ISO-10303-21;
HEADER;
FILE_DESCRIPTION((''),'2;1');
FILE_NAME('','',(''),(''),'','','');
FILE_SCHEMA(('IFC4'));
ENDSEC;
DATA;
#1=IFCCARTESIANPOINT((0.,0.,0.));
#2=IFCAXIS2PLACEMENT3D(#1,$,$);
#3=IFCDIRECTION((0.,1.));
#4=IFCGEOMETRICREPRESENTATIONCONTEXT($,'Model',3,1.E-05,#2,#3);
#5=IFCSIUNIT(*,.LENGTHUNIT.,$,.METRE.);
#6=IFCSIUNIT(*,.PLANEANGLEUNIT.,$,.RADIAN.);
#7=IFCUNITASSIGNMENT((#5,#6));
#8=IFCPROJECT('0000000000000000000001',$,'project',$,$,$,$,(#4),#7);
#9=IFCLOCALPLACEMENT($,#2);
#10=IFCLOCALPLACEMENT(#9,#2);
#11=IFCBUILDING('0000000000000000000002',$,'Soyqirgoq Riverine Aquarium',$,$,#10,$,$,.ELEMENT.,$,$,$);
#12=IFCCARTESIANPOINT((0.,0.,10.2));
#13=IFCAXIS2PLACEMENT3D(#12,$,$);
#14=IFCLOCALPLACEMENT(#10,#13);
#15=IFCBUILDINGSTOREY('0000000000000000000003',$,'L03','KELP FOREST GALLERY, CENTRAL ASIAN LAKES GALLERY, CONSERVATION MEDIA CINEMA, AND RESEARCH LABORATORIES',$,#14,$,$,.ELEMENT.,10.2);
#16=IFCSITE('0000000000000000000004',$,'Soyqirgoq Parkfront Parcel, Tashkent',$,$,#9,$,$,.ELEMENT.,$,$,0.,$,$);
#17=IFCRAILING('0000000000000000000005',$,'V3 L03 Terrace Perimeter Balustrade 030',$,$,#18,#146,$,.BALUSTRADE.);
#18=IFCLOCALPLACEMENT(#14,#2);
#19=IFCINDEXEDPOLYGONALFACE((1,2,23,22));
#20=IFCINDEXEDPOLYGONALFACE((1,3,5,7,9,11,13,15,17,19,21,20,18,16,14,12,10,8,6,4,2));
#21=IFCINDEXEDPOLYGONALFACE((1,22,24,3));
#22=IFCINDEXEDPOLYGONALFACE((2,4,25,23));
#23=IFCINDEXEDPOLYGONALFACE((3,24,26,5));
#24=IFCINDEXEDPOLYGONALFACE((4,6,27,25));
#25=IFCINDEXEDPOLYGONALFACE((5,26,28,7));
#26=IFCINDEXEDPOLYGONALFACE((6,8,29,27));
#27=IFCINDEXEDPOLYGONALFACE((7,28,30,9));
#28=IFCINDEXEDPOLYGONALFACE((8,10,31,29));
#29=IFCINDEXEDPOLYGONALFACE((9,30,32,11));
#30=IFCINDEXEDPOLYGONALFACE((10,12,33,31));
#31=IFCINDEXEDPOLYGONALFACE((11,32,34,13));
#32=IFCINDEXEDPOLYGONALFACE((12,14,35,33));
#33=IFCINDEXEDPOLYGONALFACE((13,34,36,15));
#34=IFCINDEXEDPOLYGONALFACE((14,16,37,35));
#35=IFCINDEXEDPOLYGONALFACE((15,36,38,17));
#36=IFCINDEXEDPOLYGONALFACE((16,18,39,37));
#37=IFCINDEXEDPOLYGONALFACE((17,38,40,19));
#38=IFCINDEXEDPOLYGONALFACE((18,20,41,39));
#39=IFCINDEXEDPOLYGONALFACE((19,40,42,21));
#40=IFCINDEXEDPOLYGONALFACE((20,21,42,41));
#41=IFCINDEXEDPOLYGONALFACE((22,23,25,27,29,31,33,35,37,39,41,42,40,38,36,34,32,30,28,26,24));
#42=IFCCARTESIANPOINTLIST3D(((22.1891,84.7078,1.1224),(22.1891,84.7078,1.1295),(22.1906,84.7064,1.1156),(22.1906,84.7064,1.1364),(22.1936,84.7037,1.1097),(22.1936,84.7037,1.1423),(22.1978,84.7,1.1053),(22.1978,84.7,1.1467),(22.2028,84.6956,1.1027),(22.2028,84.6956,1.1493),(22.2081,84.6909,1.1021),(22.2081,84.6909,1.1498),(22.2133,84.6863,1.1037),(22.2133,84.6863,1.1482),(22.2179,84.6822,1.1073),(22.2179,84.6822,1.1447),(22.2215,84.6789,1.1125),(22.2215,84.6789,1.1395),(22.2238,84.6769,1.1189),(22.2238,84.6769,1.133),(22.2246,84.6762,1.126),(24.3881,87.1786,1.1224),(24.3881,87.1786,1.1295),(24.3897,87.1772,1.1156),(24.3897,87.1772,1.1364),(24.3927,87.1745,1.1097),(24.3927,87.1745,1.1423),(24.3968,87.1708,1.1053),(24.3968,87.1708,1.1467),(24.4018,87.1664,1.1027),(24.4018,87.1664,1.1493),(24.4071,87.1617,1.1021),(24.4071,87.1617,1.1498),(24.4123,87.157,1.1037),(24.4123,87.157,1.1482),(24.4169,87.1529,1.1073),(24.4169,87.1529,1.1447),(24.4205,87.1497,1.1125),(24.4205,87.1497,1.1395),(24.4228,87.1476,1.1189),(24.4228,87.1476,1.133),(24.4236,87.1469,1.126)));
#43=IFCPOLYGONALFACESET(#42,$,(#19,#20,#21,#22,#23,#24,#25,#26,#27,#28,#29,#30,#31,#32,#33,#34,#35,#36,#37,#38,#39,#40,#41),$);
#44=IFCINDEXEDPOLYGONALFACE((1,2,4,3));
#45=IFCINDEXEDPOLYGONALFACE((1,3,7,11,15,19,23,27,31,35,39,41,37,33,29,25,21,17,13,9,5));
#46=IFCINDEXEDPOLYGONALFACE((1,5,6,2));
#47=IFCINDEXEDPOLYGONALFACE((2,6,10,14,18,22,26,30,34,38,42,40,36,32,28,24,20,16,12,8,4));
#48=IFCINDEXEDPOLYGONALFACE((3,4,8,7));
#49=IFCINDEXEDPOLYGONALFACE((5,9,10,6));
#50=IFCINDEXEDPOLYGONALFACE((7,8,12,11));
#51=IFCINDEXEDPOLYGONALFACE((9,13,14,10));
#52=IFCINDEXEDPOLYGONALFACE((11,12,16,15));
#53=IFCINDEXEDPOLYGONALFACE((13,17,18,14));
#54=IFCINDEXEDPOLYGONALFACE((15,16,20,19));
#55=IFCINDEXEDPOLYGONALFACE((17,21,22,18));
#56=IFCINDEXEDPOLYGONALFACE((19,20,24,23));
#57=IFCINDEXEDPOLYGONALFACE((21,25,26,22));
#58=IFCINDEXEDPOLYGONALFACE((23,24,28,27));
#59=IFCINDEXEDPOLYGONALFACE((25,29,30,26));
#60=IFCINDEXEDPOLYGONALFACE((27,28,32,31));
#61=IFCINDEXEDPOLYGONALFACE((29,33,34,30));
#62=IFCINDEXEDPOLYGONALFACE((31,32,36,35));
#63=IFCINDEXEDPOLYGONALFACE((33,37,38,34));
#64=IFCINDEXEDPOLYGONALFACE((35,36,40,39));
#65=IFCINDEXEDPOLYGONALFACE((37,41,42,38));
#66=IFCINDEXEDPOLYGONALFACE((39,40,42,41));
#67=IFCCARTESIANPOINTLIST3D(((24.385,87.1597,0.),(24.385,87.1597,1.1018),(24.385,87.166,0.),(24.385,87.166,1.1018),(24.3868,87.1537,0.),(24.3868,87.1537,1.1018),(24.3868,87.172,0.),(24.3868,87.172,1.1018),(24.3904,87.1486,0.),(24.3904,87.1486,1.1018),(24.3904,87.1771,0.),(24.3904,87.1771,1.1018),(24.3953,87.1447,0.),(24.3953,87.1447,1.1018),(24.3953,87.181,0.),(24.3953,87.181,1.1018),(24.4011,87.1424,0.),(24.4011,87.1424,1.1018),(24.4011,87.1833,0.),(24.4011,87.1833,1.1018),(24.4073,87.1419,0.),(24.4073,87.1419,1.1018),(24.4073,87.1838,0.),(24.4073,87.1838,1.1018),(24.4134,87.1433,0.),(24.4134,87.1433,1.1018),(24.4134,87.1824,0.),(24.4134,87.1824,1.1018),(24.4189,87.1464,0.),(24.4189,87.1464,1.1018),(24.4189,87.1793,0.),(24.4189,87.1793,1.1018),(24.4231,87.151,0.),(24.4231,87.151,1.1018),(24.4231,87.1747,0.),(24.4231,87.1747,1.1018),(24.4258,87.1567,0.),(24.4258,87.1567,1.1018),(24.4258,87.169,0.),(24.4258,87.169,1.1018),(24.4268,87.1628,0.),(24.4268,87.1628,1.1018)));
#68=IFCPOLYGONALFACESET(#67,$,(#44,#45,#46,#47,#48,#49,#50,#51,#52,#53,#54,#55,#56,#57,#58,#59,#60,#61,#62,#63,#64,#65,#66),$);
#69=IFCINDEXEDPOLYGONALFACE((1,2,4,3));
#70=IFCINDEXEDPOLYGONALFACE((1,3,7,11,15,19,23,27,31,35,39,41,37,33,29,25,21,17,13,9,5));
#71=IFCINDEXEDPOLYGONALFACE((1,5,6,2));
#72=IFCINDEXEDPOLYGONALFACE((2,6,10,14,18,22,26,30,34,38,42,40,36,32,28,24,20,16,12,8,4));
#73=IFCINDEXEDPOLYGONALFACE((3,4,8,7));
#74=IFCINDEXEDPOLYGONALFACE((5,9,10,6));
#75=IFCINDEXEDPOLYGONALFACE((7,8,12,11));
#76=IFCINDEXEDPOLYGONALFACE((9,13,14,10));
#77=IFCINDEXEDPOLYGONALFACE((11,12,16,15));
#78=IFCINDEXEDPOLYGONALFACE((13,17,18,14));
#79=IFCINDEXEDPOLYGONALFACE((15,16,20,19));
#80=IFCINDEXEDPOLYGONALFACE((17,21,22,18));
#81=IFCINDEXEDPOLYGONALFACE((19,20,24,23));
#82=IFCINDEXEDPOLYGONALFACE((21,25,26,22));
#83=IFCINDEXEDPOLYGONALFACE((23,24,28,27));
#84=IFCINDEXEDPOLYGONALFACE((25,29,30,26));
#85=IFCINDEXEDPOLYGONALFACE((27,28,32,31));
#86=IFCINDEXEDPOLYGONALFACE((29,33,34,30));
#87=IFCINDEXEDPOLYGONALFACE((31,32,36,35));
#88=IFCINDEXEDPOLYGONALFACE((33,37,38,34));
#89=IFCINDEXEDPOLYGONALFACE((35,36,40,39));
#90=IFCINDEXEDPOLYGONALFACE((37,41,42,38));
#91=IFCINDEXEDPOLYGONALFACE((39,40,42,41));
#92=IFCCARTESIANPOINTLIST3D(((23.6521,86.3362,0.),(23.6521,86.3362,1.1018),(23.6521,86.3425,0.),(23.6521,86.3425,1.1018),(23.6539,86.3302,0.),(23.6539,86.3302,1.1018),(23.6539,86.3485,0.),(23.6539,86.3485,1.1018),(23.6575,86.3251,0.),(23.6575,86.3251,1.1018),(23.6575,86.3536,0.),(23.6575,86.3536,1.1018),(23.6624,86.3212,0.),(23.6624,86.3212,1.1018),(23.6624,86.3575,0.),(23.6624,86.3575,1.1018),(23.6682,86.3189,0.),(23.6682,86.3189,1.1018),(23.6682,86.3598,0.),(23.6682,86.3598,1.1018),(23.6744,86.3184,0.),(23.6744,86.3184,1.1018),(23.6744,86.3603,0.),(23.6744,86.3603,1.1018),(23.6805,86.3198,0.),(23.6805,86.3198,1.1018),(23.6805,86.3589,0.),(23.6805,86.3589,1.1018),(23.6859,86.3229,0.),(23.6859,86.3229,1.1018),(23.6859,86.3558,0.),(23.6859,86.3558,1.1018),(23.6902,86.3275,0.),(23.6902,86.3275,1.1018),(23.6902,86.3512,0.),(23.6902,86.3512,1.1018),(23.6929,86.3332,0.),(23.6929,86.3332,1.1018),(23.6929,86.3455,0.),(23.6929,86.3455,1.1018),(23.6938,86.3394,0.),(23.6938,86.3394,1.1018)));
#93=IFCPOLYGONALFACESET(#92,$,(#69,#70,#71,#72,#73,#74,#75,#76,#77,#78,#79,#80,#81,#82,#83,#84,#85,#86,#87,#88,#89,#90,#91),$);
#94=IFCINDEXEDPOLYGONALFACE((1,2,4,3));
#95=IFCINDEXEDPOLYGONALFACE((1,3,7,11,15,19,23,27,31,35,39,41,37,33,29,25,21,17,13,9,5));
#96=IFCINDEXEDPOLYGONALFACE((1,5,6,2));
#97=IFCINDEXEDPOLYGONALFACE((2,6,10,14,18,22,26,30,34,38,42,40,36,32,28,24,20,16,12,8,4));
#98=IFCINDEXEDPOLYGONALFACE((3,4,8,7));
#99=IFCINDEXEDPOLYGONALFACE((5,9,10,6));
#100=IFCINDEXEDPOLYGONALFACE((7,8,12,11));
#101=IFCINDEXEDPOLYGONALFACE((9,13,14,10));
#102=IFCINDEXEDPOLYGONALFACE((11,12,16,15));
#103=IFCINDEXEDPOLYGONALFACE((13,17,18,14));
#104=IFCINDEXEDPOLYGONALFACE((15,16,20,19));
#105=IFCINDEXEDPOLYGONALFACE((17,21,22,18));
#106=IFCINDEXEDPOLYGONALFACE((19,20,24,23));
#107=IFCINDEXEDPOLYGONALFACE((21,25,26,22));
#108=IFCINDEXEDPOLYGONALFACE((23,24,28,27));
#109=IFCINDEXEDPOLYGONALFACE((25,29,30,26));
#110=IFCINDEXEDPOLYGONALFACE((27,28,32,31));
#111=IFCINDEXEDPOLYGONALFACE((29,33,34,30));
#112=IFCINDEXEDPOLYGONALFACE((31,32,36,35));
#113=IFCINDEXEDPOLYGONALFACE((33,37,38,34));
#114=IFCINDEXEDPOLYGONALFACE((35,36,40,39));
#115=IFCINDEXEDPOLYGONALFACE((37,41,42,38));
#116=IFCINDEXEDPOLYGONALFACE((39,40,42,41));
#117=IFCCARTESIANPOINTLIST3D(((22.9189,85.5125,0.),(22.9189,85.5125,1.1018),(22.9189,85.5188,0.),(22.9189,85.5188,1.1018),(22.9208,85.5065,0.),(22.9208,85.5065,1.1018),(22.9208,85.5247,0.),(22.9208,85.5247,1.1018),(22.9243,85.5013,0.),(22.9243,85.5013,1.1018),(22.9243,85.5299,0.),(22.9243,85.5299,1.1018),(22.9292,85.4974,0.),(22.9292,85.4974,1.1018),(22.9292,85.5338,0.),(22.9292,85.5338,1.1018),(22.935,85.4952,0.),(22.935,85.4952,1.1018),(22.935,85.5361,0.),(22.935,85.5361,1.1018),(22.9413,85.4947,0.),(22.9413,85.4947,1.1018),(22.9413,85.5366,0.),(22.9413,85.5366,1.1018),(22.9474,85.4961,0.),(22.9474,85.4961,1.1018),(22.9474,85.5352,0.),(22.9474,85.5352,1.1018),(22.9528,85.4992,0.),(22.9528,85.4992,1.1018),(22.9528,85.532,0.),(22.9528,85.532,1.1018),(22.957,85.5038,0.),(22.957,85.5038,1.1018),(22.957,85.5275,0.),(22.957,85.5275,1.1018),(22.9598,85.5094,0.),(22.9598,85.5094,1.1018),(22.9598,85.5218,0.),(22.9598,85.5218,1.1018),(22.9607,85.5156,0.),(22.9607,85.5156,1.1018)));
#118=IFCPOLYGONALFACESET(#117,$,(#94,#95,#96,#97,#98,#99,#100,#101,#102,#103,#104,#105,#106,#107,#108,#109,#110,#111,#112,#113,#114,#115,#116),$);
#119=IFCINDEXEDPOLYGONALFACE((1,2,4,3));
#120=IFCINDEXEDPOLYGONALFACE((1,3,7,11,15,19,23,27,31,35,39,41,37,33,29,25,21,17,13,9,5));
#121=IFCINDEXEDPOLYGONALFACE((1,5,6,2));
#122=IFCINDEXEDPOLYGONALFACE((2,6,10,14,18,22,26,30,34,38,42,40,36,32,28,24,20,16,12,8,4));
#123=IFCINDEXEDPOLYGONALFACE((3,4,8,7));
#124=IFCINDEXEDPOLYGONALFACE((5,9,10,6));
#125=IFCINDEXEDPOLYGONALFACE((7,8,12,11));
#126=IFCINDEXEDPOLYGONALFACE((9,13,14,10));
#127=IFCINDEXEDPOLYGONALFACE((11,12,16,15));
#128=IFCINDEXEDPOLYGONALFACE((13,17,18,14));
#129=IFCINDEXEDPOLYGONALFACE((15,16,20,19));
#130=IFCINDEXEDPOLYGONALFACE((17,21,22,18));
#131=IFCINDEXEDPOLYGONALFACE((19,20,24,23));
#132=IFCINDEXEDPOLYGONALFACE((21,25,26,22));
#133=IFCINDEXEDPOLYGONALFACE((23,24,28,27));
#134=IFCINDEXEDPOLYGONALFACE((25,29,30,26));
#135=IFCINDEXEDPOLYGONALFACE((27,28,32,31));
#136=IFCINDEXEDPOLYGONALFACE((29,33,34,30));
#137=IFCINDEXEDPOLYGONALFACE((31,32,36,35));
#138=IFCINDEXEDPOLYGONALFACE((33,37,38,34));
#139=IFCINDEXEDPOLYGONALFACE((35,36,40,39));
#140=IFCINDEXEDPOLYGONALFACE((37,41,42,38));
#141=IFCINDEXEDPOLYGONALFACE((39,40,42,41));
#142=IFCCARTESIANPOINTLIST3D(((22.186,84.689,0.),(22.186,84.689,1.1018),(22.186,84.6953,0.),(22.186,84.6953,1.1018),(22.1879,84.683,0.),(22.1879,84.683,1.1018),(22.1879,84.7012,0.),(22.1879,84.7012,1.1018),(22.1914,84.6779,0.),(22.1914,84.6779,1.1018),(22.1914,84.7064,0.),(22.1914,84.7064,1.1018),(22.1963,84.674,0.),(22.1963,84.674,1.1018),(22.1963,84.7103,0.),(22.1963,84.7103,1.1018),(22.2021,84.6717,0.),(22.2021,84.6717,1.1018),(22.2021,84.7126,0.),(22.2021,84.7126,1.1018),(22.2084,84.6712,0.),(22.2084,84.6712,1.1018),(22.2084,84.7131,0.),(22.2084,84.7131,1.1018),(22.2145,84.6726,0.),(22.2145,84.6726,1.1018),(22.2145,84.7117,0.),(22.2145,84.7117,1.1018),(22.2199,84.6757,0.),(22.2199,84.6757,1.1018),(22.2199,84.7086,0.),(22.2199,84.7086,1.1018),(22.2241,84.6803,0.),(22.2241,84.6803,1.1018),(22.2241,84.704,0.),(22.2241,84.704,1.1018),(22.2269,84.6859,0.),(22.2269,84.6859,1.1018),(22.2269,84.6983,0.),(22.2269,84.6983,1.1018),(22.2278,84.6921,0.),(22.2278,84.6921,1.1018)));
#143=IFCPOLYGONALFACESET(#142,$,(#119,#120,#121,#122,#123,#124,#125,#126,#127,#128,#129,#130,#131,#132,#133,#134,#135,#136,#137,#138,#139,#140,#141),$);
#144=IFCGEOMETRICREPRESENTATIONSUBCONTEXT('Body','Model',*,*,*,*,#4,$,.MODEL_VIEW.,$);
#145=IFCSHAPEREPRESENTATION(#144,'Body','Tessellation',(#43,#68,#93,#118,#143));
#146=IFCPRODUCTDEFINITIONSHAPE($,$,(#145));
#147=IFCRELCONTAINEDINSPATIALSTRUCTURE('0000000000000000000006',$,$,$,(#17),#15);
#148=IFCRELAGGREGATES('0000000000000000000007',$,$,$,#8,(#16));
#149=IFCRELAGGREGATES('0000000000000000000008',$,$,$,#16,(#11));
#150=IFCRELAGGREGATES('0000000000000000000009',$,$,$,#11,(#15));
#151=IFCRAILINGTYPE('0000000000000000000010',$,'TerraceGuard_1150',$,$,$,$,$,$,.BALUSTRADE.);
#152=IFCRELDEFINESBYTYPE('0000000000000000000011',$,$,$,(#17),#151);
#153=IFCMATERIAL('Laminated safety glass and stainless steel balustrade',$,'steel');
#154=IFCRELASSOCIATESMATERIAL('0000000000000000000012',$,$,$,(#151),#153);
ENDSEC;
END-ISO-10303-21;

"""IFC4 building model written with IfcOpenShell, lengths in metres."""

from ifc_helpers import new_model, si_unit, direction, frame, origin, origin_2d, place, context, subcontext, project, spatial, circle, extrude, material, type_object, element, save


model = new_model("IFC4")

# Units and contexts
model_context = context("Model", 3, precision=1e-05, world=origin(), true_north=direction((0.0, 1.0)))
body_context = subcontext(model_context, "Body", "Model", "MODEL_VIEW")
ifc_project = project(units=[si_unit("LENGTHUNIT", "METRE"), si_unit("PLANEANGLEUNIT", "RADIAN")], contexts=[model_context])

# Site, building, storey
site_placement = place(None, origin())
site = spatial("IfcSite", under=ifc_project, at=site_placement, Name="Soyqirgoq Parkfront Parcel, Tashkent", CompositionType="ELEMENT", RefElevation=0.0)
building_placement = place(site_placement, origin())
building = spatial("IfcBuilding", under=site, at=building_placement, Name="Soyqirgoq Riverine Aquarium", CompositionType="ELEMENT")
storey_placement = place(building_placement, frame((0.0, 0.0, 10.2)))
storey = spatial("IfcBuildingStorey", under=building, at=storey_placement, Name="L03", Description="KELP FOREST GALLERY, CENTRAL ASIAN LAKES GALLERY, CONSERVATION MEDIA CINEMA, AND RESEARCH LABORATORIES", CompositionType="ELEMENT", Elevation=10.2)

# Railing
ifc_material_1 = material(Name="Laminated safety glass and stainless steel balustrade", Category="steel")
railing_type = type_object("IfcRailingType", Name="TerraceGuard_1150", PredefinedType="BALUSTRADE", material=ifc_material_1)
railing_1_placement = place(storey_placement, frame((24.4058, 87.1628, 0.0)))
element("IfcRailing", 1, at=railing_1_placement, inside=storey, type_object=railing_type, Name="V3 L03 Terrace Perimeter Balustrade 030", PredefinedType="BALUSTRADE", context=body_context, shape_type="SweptSolid", body=[
    extrude(circle(Radius=0.0239, at=origin_2d()), frame((0.0, 0.0, 1.126), z_axis=(-0.664836, -0.74699, 0.0), x_axis=(0.74699, -0.664836, 0.0)), (0.0, 0.0, 1.0), 3.3076),
    extrude(circle(Radius=0.021, at=origin_2d()), origin(), (0.0, 0.0, 1.0), 1.1018),
    extrude(circle(Radius=0.021, at=origin_2d()), frame((-0.7329, -0.8235, 0.0)), (0.0, 0.0, 1.0), 1.1018),
    extrude(circle(Radius=0.021, at=origin_2d()), frame((-1.4661, -1.6472, 0.0)), (0.0, 0.0, 1.0), 1.1018),
    extrude(circle(Radius=0.021, at=origin_2d()), frame((-2.199, -2.4707, 0.0)), (0.0, 0.0, 1.0), 1.1018),
])

save(model, "model.ifc")
